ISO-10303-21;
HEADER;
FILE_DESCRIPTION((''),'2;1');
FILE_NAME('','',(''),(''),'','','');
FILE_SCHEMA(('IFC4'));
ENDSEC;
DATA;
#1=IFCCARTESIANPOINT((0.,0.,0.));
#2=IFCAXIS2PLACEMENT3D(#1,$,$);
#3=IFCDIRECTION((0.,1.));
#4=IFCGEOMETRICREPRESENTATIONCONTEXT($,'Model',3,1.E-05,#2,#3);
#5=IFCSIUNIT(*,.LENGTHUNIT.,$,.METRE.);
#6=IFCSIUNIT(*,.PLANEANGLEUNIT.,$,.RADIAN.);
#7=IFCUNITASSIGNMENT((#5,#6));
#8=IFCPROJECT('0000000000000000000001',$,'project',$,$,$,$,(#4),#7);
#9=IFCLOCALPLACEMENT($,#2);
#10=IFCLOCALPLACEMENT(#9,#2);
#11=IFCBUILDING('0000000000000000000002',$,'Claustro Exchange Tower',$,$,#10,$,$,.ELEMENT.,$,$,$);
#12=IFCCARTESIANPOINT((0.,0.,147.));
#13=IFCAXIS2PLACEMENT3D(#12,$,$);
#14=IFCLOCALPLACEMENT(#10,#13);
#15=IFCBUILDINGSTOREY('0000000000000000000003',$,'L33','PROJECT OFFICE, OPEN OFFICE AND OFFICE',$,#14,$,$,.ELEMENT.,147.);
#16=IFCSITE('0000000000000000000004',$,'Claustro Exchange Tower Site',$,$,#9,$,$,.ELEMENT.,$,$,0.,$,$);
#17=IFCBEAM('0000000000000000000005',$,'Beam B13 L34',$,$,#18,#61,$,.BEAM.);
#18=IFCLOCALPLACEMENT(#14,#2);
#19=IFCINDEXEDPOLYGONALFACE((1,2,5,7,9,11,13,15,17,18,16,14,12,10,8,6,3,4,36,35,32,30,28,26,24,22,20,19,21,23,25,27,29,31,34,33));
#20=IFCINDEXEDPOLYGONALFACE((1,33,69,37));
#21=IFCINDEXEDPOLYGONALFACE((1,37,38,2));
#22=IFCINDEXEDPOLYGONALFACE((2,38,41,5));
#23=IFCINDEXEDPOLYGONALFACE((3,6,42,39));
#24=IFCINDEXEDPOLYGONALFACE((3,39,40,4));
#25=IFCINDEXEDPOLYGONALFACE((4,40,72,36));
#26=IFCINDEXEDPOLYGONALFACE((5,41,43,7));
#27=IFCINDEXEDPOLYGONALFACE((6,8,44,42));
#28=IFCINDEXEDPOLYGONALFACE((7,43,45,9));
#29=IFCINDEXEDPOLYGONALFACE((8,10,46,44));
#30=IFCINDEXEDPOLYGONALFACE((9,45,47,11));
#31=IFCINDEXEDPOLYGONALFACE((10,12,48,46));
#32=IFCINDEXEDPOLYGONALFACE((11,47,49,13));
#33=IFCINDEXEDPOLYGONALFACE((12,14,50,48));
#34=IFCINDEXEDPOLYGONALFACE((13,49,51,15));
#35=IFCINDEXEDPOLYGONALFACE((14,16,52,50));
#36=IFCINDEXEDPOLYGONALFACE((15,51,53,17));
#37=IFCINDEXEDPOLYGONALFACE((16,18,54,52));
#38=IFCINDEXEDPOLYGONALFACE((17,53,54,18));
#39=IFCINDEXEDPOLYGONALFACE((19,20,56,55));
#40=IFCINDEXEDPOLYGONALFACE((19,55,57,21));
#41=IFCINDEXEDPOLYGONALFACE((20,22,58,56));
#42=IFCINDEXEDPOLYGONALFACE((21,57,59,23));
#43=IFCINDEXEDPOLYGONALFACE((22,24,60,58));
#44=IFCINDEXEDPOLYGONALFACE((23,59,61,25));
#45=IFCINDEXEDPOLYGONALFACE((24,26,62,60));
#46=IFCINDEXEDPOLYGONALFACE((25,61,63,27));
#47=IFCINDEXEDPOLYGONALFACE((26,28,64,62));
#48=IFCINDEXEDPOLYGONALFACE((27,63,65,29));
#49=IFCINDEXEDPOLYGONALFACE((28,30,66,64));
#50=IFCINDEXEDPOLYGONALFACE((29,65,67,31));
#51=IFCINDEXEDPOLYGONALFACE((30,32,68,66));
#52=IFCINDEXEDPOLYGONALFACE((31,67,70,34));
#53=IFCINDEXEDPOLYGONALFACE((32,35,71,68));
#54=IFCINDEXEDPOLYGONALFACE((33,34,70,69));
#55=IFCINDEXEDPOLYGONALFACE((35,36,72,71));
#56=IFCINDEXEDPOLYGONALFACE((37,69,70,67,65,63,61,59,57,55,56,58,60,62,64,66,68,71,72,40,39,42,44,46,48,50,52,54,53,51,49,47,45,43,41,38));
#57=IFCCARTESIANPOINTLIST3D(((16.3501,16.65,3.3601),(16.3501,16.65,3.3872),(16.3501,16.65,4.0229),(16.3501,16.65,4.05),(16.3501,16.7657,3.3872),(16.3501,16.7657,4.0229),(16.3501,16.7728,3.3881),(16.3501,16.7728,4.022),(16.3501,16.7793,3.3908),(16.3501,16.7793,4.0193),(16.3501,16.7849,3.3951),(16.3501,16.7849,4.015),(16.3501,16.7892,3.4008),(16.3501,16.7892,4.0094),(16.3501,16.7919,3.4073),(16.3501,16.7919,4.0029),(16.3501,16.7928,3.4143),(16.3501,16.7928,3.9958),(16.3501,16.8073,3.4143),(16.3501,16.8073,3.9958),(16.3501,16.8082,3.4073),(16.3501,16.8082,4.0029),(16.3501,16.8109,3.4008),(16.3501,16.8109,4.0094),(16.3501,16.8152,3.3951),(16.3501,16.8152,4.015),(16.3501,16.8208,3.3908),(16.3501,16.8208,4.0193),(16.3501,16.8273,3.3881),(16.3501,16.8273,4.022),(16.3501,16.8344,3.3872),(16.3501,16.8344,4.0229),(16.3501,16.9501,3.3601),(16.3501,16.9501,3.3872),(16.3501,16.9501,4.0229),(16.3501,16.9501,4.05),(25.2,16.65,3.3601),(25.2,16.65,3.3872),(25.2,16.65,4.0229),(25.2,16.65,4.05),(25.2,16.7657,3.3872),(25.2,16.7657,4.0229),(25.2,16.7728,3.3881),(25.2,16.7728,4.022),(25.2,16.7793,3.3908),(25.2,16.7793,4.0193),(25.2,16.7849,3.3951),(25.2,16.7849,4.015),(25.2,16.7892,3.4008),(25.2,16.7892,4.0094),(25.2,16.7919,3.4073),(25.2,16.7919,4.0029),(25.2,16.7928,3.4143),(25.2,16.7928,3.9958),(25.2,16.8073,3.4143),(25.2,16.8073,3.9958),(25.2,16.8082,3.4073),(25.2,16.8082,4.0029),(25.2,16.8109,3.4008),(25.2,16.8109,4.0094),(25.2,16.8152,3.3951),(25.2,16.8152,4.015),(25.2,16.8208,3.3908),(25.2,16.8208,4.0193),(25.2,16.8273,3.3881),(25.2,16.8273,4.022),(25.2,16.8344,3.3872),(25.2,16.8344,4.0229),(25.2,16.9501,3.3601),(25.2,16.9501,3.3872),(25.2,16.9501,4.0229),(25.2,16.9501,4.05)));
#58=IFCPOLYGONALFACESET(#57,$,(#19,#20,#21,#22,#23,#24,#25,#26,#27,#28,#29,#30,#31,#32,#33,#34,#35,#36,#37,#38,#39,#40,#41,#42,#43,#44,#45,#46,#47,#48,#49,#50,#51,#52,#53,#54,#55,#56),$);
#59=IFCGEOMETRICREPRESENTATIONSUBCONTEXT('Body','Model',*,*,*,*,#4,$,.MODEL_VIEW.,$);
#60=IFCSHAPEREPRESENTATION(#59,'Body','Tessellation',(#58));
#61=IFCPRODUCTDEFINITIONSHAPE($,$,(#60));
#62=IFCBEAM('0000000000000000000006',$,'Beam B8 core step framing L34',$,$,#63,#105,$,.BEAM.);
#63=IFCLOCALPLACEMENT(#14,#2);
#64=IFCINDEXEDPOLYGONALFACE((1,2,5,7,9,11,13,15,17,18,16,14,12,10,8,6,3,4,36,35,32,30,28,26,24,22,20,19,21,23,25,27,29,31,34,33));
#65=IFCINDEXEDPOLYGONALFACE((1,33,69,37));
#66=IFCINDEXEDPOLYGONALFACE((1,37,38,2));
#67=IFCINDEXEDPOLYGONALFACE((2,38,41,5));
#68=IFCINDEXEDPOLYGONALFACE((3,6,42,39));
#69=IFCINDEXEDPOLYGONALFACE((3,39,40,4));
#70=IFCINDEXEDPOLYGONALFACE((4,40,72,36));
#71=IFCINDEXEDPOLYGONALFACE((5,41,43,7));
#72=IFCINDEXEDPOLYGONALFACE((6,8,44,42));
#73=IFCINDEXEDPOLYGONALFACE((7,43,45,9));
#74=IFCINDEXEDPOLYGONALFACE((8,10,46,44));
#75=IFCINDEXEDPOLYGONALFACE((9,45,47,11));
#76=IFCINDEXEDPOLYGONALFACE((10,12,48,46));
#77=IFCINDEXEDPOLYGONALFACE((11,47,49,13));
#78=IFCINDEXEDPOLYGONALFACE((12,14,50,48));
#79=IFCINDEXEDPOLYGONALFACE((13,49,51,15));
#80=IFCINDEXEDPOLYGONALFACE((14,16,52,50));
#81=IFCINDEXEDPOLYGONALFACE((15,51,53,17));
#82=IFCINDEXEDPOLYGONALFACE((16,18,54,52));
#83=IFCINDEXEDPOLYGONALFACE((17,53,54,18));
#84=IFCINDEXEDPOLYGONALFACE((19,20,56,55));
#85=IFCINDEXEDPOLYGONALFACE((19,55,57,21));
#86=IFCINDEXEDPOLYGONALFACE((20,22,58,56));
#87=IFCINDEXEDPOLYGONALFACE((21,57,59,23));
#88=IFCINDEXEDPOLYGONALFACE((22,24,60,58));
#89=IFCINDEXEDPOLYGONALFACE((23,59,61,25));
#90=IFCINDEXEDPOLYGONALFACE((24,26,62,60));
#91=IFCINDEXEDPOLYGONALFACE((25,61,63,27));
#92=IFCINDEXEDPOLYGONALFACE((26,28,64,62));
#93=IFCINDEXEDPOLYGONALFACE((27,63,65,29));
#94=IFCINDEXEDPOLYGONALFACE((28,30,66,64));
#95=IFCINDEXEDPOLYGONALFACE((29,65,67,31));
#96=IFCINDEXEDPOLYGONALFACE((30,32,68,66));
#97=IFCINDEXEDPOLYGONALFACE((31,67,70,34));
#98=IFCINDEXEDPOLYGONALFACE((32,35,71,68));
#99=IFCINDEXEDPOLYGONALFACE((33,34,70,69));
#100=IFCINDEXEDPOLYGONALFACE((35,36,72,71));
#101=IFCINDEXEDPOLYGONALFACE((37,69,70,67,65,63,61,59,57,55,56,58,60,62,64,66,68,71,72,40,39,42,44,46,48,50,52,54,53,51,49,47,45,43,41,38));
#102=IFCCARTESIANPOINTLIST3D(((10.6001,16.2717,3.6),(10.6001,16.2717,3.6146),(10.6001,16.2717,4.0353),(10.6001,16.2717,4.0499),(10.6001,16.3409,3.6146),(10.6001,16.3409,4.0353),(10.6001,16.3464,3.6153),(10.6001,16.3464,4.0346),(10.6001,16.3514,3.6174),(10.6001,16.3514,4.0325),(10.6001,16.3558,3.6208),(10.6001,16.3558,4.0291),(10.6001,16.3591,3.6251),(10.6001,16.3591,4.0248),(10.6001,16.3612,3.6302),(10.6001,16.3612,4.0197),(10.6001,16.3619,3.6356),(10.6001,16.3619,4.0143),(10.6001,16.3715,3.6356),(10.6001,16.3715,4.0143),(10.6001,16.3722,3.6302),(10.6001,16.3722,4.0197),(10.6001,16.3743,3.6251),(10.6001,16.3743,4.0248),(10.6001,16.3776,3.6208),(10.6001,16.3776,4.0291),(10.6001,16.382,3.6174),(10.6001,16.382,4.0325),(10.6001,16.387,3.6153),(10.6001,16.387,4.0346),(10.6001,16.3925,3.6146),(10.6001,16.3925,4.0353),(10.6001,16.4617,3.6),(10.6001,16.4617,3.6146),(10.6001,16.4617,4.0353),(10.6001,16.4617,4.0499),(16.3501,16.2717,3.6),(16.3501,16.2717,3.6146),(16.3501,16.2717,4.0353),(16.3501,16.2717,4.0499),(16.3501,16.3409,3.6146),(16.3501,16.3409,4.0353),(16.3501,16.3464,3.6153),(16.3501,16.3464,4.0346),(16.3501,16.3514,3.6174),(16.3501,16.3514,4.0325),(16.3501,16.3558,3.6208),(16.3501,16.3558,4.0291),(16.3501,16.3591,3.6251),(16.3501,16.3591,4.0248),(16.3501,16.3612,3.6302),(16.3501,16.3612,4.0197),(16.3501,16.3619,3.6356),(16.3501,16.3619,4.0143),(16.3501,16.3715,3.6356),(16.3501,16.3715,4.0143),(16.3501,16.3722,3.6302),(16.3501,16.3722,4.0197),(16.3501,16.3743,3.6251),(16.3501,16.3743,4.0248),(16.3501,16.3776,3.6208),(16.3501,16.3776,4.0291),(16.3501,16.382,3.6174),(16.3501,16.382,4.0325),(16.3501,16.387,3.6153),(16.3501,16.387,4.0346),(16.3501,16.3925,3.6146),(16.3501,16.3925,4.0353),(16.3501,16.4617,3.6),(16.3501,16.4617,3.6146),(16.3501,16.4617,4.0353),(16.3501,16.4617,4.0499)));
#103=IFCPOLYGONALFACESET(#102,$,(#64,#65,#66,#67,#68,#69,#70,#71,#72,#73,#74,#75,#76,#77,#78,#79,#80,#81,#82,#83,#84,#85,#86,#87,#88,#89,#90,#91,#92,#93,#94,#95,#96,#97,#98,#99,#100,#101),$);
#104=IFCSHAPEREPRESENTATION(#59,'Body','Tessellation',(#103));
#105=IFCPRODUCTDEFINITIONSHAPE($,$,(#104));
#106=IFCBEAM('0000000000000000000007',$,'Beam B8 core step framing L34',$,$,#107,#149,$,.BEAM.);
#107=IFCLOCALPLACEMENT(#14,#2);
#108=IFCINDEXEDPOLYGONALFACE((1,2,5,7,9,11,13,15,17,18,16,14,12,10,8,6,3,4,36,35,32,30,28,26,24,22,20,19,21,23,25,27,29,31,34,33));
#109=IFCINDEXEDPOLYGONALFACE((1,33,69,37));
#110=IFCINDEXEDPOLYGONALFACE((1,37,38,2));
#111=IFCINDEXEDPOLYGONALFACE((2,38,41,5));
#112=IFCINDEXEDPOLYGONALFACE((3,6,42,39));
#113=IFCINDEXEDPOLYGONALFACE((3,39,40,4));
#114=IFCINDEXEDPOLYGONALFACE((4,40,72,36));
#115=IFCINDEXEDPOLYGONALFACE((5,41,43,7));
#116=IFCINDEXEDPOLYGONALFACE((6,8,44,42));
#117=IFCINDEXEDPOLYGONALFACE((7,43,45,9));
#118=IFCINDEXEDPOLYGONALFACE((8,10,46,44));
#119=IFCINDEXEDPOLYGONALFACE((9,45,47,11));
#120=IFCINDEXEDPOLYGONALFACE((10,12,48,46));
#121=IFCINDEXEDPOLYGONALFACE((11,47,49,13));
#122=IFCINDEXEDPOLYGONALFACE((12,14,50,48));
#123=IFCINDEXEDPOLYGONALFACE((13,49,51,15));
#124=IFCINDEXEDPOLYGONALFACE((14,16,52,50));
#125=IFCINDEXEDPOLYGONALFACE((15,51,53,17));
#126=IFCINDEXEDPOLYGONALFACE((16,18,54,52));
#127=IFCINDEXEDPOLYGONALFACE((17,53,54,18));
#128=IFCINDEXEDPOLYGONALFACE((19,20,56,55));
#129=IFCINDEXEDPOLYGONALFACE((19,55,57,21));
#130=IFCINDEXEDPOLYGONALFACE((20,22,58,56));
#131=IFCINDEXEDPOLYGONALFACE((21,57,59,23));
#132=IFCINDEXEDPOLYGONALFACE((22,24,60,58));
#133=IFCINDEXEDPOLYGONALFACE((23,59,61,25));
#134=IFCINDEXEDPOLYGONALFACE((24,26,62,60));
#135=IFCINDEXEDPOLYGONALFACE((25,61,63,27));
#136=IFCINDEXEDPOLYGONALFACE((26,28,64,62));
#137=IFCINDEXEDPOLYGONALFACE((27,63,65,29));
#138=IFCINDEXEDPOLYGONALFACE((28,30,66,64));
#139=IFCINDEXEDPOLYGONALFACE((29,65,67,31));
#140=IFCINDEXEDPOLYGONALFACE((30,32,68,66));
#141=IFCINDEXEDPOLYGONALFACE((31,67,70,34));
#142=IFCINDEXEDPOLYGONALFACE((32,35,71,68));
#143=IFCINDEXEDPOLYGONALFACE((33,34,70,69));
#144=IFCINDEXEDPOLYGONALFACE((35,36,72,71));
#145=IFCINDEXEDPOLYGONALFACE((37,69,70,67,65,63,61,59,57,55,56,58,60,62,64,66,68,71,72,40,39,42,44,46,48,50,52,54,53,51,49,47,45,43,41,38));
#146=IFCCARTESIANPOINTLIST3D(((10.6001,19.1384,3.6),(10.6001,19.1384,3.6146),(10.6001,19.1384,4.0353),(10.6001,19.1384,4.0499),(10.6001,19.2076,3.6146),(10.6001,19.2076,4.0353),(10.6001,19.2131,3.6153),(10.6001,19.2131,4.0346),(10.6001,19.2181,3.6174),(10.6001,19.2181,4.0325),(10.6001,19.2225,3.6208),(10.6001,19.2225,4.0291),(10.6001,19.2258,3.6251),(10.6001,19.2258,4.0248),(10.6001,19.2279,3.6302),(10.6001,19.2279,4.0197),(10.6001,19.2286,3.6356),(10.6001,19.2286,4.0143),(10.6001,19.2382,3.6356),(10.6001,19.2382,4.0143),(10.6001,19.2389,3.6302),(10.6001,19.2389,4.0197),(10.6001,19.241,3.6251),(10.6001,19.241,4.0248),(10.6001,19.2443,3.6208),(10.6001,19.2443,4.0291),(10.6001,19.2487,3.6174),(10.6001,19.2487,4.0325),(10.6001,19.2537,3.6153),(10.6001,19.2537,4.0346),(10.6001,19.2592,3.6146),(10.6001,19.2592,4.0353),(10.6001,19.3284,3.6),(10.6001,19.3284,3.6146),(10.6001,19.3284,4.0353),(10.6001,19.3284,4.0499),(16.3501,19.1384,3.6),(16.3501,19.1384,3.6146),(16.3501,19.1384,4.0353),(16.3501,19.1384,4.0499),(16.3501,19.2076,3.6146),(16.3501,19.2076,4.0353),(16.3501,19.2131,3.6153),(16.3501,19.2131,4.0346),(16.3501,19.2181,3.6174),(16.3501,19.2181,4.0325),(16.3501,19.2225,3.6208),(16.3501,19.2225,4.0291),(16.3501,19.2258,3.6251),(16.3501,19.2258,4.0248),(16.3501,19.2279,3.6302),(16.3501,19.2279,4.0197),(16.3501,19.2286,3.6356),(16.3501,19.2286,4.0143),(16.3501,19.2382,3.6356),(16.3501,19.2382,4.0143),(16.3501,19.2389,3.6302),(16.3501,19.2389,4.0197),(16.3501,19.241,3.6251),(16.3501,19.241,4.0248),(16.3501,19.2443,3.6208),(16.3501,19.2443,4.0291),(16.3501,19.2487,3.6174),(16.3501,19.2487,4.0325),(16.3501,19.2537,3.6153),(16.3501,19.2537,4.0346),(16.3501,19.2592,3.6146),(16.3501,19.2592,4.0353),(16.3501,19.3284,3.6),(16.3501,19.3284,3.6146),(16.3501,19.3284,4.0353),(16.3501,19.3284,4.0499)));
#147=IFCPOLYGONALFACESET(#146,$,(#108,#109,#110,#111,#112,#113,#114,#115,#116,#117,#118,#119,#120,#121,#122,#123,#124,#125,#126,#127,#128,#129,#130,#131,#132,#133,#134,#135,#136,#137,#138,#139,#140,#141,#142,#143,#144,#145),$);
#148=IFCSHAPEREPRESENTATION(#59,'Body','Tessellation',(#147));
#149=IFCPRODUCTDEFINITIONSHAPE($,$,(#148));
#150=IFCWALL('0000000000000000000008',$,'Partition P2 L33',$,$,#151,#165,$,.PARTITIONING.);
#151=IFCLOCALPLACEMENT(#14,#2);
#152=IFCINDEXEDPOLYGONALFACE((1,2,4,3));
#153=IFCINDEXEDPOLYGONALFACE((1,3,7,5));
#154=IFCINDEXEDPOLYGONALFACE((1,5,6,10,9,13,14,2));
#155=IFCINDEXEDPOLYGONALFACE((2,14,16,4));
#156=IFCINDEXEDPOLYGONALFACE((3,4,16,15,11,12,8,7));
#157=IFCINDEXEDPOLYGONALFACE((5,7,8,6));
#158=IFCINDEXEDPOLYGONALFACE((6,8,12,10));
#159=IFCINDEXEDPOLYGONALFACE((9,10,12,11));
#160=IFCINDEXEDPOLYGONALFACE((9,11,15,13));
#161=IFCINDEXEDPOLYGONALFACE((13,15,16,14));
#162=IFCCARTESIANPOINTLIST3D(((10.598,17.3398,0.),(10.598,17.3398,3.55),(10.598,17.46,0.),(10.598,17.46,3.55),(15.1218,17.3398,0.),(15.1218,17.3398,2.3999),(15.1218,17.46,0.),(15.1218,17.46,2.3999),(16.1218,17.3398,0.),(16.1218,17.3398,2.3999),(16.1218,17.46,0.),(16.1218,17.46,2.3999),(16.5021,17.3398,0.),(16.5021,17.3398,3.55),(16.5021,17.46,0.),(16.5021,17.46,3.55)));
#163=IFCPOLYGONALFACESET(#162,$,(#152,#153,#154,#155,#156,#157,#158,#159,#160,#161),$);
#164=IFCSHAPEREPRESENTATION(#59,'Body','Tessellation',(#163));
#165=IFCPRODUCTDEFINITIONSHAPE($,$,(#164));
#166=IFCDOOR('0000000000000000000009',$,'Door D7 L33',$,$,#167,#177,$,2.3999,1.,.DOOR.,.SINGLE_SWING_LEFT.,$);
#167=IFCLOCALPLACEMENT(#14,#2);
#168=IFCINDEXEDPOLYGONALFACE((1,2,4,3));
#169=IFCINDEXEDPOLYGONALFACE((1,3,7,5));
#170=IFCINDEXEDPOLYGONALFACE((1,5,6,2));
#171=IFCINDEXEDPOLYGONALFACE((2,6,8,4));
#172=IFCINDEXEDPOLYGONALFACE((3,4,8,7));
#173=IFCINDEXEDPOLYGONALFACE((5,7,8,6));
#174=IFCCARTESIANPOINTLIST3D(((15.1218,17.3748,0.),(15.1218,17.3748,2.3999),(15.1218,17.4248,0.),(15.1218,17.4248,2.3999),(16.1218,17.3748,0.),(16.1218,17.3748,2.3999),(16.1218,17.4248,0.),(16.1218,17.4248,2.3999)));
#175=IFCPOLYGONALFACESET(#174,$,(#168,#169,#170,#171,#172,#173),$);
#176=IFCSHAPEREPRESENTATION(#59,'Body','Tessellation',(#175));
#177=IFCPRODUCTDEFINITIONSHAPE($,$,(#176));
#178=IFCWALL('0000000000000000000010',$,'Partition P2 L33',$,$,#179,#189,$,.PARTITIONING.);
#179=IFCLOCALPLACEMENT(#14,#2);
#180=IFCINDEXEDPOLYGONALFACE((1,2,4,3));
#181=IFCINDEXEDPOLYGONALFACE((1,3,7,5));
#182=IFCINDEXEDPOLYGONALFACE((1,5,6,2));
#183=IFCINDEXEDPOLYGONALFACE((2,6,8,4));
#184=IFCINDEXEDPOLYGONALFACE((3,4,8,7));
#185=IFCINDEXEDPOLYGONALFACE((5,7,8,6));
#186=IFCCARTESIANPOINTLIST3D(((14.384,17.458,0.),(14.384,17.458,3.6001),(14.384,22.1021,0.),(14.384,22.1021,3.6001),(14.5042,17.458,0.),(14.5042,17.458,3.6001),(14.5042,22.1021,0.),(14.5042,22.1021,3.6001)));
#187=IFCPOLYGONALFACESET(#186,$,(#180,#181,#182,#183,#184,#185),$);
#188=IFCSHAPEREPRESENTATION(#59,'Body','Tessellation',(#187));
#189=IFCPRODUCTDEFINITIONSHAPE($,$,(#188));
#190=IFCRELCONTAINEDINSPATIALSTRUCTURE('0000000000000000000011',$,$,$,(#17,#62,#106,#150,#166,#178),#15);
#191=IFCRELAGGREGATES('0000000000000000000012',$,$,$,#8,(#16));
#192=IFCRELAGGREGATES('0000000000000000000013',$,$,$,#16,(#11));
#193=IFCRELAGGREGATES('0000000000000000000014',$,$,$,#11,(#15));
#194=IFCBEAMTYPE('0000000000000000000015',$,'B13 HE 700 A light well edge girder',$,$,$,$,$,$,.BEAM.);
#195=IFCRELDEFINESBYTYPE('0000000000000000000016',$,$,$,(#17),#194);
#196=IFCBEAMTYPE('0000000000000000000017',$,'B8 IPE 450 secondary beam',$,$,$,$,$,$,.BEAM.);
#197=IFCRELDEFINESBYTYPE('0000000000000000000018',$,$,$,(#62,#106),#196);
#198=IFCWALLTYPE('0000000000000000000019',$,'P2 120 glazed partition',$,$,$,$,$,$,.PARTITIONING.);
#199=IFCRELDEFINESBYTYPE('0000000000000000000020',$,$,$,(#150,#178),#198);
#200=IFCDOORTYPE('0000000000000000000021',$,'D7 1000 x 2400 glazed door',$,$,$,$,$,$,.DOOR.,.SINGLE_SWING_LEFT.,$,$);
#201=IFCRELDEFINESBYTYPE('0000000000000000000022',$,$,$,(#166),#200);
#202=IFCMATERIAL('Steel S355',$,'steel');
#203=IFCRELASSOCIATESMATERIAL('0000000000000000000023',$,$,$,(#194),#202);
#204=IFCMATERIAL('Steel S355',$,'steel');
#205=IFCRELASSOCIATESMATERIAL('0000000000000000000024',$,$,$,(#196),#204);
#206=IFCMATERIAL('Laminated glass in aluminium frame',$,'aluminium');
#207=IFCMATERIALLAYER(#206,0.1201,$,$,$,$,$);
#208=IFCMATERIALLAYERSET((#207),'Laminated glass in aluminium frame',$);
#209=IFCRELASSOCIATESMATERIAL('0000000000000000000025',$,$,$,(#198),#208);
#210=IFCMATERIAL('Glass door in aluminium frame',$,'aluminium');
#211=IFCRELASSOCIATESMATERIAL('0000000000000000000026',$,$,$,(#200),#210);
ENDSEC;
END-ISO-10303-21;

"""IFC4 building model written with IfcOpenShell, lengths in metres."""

from ifc_helpers import new_model, si_unit, direction, frame, frame_2d, origin, origin_2d, place, context, subcontext, project, spatial, rectangle, i_section, extrude, material, layer, layer_set, material_profile, profile_set, type_object, element, fill, save


model = new_model("IFC4")

# Units and contexts
model_context = context("Model", 3, precision=1e-05, world=origin(), true_north=direction((0.0, 1.0)))
body_context = subcontext(model_context, "Body", "Model", "MODEL_VIEW")
ifc_project = project(units=[si_unit("LENGTHUNIT", "METRE"), si_unit("PLANEANGLEUNIT", "RADIAN")], contexts=[model_context])

# Site, building, storey
site_placement = place(None, origin())
site = spatial("IfcSite", under=ifc_project, at=site_placement, Name="Claustro Exchange Tower Site", CompositionType="ELEMENT", RefElevation=0.0)
building_placement = place(site_placement, origin())
building = spatial("IfcBuilding", under=site, at=building_placement, Name="Claustro Exchange Tower", CompositionType="ELEMENT")
storey_placement = place(building_placement, frame((0.0, 0.0, 147.0)))
storey = spatial("IfcBuildingStorey", under=building, at=storey_placement, Name="L33", Description="PROJECT OFFICE, OPEN OFFICE AND OFFICE", CompositionType="ELEMENT", Elevation=147.0)

# Beams
ifc_material_1 = material(Name="Steel S355", Category="steel")
ifc_material_profile_1 = material_profile(ifc_material_1, i_section(OverallWidth=0.3, OverallDepth=0.6899, WebThickness=0.0144, FlangeThickness=0.0271, FilletRadius=0.0271, at=origin_2d()), Name="HE 700 A")
ifc_profile_set_1 = profile_set([ifc_material_profile_1], Name="Steel S355")
beam_type_1 = type_object("IfcBeamType", Name="B13 HE 700 A light well edge girder", PredefinedType="BEAM", material=ifc_profile_set_1)
beam_placement = place(storey_placement, frame((16.3501, 16.8, 3.7051), z_axis=(1.0, 0.0, 0.0), x_axis=(0.0, 1.0, 0.0)))
element("IfcBeam", 1, at=beam_placement, inside=storey, type_object=beam_type_1, Name="Beam B13 L34", PredefinedType="BEAM", context=body_context, shape_type="SweptSolid", body=[
    extrude(i_section(OverallWidth=0.3, OverallDepth=0.6899, WebThickness=0.0144, FlangeThickness=0.0271, FilletRadius=0.0271, at=origin_2d()), origin(), (0.0, 0.0, 1.0), 8.8499),
])
ifc_material_2 = material(Name="Steel S355", Category="steel")
ifc_material_profile_2 = material_profile(ifc_material_2, i_section(OverallWidth=0.1899, OverallDepth=0.45, WebThickness=0.0095, FlangeThickness=0.0146, FilletRadius=0.021, at=origin_2d()), Name="IPE 450")
ifc_profile_set_2 = profile_set([ifc_material_profile_2], Name="Steel S355")
beam_type_2 = type_object("IfcBeamType", Name="B8 IPE 450 secondary beam", PredefinedType="BEAM", material=ifc_profile_set_2)
for number, where, z_axis, x_axis, name in (
    (2, (10.6001, 16.3667, 3.825), (1.0, 0.0, 0.0), (0.0, 1.0, 0.0), "Beam B8 core step framing L34"),
    (3, (10.6001, 19.2334, 3.825), (1.0, 0.0, 0.0), (0.0, 1.0, 0.0), "Beam B8 core step framing L34"),
):
    element("IfcBeam", number, at=place(storey_placement, frame(where, z_axis=z_axis, x_axis=x_axis)), inside=storey, type_object=beam_type_2, Name=name, PredefinedType="BEAM", context=body_context, shape_type="SweptSolid", body=[
        extrude(i_section(OverallWidth=0.1899, OverallDepth=0.45, WebThickness=0.0095, FlangeThickness=0.0146, FilletRadius=0.021, at=origin_2d()), origin(), (0.0, 0.0, 1.0), 5.75),
    ])

# Wall, opening, door
ifc_material_3 = material(Name="Laminated glass in aluminium frame", Category="aluminium")
ifc_layer_1 = layer(ifc_material_3, 0.1201)
ifc_layer_set_1 = layer_set([ifc_layer_1], Name="Laminated glass in aluminium frame")
wall_type_1 = type_object("IfcWallType", Name="P2 120 glazed partition", PredefinedType="PARTITIONING", material=ifc_layer_set_1)
wall_1_placement = place(storey_placement, frame((10.5979, 17.3999, 0.0), z_axis=(0.0, 0.0, 1.0), x_axis=(1.0, 0.0, 0.0)))
wall_1 = element("IfcWall", 4, at=wall_1_placement, inside=storey, type_object=wall_type_1, Name="Partition P2 L33", PredefinedType="PARTITIONING", context=body_context, shape_type="SweptSolid", body=[
    extrude(rectangle(XDim=5.9041, YDim=0.1201, at=frame_2d((2.9521, 0.0))), origin(), (0.0, 0.0, 1.0), 3.55),
])
opening_1_placement = place(wall_1_placement, frame((4.5239, 0.0, 0.0)))
opening_1 = element("IfcOpeningElement", 5, at=opening_1_placement, cuts=wall_1, PredefinedType="OPENING", context=body_context, shape_type="SweptSolid", body=[
    extrude(rectangle(XDim=1.0, YDim=2.3999, at=frame_2d((0.5, 1.2))), frame((0.0, 0.0701, 0.0), z_axis=(0.0, -1.0, 0.0), x_axis=(1.0, 0.0, 0.0)), (0.0, 0.0, 1.0), 0.1401),
])
ifc_material_4 = material(Name="Glass door in aluminium frame", Category="aluminium")
door_type_1 = type_object("IfcDoorType", Name="D7 1000 x 2400 glazed door", OperationType="SINGLE_SWING_LEFT", PredefinedType="DOOR", material=ifc_material_4)
door_1_placement = place(opening_1_placement, origin())
door_1 = element("IfcDoor", 6, at=door_1_placement, inside=storey, type_object=door_type_1, Name="Door D7 L33", OperationType="SINGLE_SWING_LEFT", OverallHeight=2.3999, OverallWidth=1.0, PredefinedType="DOOR", context=body_context, shape_type="SweptSolid", body=[
    extrude(rectangle(XDim=1.0, YDim=2.3999, at=frame_2d((0.5, 1.2))), frame((0.0, 0.0249, 0.0), z_axis=(0.0, -1.0, 0.0), x_axis=(1.0, 0.0, 0.0)), (0.0, 0.0, 1.0), 0.05),
])
fill(opening_1, door_1)

# Wall
wall_2_placement = place(storey_placement, frame((14.4441, 17.458, 0.0), z_axis=(0.0, 0.0, 1.0), x_axis=(0.0, 1.0, 0.0)))
element("IfcWall", 7, at=wall_2_placement, inside=storey, type_object=wall_type_1, Name="Partition P2 L33", PredefinedType="PARTITIONING", context=body_context, shape_type="SweptSolid", body=[
    extrude(rectangle(XDim=4.644, YDim=0.1201, at=frame_2d((2.322, 0.0))), origin(), (0.0, 0.0, 1.0), 3.6001),
])

save(model, "model.ifc")
